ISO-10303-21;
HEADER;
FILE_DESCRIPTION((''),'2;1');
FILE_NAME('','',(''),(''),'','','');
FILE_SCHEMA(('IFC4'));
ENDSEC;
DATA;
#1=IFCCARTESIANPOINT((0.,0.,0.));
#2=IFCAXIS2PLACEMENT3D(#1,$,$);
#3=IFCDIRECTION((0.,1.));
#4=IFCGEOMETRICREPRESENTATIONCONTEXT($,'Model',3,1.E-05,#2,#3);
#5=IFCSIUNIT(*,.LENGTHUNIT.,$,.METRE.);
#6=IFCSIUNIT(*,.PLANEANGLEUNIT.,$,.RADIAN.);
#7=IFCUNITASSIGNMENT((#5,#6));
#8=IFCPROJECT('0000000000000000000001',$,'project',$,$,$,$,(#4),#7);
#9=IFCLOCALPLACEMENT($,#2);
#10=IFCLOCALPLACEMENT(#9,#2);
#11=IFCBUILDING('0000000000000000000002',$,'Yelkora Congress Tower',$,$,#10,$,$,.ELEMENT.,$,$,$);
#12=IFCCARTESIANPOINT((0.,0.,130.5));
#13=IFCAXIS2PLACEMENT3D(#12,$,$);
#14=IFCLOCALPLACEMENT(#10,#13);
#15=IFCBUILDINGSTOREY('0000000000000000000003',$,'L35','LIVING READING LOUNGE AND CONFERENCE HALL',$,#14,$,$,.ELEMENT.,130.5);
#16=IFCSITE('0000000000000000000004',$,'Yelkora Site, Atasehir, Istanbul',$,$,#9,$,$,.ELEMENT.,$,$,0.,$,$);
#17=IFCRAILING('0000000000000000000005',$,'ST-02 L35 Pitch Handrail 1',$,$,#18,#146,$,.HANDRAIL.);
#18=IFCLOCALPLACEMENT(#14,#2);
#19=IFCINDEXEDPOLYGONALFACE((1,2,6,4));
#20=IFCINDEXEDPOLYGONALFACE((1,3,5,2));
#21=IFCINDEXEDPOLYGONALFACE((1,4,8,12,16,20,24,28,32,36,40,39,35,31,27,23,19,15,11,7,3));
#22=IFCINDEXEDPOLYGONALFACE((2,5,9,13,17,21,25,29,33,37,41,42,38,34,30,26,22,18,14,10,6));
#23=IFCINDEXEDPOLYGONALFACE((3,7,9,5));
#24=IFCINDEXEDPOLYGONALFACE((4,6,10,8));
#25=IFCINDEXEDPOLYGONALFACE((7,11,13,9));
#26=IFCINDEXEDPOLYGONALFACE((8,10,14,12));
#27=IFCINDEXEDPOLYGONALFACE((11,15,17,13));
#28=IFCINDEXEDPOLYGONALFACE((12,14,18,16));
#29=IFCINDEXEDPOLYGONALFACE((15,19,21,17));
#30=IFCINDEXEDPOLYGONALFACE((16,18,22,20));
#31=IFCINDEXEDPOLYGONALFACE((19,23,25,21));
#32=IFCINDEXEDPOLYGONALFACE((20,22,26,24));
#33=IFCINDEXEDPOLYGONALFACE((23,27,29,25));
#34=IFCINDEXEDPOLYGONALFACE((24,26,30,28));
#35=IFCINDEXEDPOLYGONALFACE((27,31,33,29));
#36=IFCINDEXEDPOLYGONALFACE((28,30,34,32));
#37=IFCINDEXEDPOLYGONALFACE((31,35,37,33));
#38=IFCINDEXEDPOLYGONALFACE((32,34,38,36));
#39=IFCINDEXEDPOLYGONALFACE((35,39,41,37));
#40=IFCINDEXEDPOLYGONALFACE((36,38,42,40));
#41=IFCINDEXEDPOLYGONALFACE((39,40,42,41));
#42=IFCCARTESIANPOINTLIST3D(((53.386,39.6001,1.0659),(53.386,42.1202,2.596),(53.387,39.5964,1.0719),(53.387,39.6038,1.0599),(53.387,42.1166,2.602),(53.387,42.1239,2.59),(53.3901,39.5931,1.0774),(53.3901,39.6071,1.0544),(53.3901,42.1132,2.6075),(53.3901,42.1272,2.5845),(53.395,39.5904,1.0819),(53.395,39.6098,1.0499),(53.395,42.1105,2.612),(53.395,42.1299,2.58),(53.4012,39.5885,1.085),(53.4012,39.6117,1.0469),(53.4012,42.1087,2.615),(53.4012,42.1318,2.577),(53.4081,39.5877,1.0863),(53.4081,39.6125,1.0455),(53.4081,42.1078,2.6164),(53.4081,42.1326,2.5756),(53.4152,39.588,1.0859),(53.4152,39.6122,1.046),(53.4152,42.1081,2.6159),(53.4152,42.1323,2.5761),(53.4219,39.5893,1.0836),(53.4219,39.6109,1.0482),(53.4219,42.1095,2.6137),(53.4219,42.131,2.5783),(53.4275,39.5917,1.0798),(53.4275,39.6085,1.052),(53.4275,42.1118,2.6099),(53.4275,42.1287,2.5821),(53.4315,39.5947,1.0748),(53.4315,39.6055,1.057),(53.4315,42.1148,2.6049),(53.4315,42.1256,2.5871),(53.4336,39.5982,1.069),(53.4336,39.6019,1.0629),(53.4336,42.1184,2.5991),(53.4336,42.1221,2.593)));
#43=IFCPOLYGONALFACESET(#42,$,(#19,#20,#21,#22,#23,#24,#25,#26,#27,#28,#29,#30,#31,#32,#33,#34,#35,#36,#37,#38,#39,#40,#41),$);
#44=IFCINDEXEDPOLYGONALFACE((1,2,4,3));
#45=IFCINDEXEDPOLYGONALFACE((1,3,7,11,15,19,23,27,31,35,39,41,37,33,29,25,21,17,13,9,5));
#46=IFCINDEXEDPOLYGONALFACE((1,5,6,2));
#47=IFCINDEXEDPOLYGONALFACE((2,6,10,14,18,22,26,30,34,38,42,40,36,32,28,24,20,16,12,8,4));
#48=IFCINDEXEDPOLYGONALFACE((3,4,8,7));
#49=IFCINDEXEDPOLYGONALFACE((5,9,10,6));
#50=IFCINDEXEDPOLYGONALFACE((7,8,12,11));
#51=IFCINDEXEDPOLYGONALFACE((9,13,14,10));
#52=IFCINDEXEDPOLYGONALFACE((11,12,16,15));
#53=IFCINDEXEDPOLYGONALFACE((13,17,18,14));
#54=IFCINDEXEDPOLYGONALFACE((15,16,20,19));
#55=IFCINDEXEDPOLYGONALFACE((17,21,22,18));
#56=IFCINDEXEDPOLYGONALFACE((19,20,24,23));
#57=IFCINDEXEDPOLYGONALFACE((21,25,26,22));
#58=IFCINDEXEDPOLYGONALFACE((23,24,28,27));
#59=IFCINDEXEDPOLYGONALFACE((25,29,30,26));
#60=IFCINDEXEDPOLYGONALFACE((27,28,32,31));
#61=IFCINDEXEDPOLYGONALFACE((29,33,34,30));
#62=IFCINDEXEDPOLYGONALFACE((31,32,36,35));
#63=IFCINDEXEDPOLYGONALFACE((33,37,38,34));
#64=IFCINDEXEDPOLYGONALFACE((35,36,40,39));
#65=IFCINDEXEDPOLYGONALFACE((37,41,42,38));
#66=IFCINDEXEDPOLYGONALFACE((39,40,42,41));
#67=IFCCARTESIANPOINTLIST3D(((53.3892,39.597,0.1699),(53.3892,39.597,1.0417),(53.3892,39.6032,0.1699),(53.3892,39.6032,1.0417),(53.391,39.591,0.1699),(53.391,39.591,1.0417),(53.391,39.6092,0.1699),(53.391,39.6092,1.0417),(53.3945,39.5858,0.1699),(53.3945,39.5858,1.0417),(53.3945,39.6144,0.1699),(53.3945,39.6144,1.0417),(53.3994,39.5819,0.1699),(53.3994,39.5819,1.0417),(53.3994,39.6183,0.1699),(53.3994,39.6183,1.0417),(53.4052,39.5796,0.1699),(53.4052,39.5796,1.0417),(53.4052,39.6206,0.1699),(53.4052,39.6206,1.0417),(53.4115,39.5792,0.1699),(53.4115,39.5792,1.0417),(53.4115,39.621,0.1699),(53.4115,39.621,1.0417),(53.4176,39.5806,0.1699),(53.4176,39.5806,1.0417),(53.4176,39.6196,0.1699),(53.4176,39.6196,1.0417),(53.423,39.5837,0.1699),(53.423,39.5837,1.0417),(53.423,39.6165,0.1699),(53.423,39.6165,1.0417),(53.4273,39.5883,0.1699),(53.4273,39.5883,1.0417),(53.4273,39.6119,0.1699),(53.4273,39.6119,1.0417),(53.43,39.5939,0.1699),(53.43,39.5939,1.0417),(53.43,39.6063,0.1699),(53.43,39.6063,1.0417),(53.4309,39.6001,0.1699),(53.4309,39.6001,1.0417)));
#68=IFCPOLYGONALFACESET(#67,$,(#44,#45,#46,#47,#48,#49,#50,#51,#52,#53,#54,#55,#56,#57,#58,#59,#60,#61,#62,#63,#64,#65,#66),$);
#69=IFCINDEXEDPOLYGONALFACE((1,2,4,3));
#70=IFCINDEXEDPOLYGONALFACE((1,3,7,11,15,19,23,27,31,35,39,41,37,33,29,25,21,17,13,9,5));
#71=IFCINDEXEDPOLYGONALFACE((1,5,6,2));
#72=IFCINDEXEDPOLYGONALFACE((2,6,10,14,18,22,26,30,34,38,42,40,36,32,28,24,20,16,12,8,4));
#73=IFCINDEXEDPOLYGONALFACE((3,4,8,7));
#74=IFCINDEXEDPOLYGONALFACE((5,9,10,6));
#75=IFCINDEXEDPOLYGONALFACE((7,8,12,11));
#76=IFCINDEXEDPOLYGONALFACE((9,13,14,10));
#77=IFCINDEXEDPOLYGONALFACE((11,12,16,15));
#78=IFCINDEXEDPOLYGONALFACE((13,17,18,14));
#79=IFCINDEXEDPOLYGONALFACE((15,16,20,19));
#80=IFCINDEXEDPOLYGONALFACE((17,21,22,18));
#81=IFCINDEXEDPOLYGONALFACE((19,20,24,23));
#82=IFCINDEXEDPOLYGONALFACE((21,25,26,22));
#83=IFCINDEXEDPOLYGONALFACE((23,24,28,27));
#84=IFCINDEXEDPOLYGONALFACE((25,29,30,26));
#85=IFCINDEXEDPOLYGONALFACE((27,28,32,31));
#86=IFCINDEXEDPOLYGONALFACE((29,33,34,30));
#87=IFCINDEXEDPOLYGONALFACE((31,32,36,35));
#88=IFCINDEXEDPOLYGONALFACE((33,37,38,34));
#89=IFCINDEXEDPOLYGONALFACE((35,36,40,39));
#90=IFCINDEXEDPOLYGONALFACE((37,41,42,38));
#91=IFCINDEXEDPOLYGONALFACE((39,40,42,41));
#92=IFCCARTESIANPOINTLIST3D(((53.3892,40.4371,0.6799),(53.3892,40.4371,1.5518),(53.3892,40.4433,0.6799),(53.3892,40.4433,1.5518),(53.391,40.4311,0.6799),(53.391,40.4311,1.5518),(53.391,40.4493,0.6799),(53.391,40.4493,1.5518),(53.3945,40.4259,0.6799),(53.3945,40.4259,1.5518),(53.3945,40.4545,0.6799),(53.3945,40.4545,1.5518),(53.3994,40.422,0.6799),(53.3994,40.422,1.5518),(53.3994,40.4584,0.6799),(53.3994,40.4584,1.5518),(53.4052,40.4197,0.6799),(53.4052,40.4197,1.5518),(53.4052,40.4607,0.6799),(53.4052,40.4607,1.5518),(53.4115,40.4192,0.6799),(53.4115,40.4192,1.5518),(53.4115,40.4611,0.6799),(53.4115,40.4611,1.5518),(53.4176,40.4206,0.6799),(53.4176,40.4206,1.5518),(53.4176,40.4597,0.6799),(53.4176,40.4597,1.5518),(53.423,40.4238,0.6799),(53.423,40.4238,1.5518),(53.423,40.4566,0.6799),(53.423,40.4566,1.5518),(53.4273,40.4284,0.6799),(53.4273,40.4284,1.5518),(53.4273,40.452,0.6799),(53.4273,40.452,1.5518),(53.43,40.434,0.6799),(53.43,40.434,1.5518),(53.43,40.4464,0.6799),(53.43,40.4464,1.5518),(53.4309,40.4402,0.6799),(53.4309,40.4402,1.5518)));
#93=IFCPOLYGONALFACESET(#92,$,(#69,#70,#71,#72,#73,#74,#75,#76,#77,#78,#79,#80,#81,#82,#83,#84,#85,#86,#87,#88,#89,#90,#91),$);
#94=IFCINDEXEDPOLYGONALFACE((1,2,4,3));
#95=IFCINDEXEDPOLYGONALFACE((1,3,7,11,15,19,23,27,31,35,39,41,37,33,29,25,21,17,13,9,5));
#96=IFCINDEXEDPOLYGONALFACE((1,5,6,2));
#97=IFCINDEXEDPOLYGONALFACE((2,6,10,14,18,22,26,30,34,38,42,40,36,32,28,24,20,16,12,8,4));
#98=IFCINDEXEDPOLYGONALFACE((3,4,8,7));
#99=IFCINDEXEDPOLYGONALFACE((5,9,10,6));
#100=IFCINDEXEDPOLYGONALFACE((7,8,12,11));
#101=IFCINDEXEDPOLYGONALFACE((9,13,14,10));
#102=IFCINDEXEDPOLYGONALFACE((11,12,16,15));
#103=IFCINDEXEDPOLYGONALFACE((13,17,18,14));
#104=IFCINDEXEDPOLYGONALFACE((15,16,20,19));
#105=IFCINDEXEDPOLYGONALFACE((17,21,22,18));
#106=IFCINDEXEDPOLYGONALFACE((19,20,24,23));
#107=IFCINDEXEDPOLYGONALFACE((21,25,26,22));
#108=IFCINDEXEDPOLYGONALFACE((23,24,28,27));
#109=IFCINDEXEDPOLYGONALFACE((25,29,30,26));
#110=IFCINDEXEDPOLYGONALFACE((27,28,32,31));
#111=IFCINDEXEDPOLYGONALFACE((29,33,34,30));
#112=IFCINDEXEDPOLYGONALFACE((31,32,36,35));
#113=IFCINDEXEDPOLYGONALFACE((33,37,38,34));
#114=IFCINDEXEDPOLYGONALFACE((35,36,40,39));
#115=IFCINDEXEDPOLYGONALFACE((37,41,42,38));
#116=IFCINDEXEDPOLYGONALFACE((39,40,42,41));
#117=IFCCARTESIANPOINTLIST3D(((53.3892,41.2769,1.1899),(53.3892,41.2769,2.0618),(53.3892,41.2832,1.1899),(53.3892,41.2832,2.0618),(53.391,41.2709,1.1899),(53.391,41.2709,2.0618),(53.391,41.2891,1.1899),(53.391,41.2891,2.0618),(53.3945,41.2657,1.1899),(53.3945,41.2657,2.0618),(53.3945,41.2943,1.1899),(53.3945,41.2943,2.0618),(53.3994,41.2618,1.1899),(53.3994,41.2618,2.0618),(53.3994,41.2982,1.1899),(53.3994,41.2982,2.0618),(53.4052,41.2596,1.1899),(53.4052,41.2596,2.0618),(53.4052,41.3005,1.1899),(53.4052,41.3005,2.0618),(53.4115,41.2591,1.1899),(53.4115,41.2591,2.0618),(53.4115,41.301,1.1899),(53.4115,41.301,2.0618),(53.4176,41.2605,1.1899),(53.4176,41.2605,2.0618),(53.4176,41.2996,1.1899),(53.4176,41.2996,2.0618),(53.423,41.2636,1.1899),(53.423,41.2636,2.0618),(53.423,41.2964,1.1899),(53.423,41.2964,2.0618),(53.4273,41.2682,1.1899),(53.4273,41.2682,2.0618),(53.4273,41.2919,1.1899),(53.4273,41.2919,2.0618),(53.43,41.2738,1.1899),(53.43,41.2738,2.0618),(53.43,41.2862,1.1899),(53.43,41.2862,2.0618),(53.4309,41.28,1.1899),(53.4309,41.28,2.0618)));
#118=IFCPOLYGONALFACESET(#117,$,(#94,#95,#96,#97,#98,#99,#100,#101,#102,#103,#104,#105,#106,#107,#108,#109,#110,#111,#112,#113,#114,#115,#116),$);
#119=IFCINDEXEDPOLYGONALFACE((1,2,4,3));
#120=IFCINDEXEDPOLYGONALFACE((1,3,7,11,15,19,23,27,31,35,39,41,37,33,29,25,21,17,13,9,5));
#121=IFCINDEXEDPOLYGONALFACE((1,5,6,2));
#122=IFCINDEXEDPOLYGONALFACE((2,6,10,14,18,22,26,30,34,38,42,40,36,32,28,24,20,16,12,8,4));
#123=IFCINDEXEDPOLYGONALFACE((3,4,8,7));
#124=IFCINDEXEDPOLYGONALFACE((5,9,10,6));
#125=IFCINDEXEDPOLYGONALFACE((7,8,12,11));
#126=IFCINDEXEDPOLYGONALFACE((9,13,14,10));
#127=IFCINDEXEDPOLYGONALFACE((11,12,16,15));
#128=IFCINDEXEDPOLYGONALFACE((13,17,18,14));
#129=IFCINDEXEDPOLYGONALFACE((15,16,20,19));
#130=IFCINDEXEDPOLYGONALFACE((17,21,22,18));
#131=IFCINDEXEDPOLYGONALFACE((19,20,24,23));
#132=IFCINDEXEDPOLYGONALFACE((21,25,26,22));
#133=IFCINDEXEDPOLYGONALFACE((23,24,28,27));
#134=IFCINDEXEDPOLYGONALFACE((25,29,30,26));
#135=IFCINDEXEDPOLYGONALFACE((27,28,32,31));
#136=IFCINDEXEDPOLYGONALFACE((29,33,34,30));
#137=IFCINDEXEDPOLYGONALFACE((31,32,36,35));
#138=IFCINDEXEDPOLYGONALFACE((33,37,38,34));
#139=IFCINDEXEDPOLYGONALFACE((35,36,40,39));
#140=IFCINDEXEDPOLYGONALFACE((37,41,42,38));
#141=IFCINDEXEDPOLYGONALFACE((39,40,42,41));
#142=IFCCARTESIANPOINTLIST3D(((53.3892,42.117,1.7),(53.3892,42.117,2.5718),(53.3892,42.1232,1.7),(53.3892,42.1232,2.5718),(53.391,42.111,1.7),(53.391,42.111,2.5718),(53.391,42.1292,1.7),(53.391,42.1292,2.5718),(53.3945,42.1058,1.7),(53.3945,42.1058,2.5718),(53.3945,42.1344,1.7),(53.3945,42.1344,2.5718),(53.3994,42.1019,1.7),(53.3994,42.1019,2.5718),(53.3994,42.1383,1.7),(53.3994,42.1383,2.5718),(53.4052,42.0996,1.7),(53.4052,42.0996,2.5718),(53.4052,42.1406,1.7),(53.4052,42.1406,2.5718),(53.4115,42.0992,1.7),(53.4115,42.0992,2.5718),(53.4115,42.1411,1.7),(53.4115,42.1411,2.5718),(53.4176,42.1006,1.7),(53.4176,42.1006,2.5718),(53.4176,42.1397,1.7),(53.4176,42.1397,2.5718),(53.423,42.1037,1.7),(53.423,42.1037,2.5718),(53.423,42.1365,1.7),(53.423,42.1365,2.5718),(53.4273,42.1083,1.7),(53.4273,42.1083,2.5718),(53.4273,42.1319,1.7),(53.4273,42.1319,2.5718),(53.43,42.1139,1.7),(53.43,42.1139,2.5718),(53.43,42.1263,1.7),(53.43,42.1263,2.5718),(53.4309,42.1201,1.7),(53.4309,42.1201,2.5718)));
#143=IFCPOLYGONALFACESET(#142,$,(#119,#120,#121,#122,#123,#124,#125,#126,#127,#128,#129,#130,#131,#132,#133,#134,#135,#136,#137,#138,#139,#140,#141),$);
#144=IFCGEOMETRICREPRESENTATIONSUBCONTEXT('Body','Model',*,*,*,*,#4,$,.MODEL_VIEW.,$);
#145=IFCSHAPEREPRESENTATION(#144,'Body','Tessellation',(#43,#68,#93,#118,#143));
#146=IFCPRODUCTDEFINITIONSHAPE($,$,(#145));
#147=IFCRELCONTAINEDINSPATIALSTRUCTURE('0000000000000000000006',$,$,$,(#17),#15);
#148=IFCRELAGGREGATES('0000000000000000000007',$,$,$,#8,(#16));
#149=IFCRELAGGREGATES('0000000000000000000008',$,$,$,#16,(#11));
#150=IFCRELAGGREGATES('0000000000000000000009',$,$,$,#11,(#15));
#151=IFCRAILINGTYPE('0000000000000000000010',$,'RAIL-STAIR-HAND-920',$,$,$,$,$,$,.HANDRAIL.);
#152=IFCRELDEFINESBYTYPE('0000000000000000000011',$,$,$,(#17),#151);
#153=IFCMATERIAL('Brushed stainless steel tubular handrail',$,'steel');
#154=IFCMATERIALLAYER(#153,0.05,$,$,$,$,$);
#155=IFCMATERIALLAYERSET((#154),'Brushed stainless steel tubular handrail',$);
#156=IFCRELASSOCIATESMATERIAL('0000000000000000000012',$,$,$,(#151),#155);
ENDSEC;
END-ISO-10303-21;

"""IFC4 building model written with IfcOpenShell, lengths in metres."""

from ifc_helpers import new_model, si_unit, direction, frame, origin, origin_2d, place, context, subcontext, project, spatial, circle, extrude, material, layer, layer_set, type_object, element, save


model = new_model("IFC4")

# Units and contexts
model_context = context("Model", 3, precision=1e-05, world=origin(), true_north=direction((0.0, 1.0)))
body_context = subcontext(model_context, "Body", "Model", "MODEL_VIEW")
ifc_project = project(units=[si_unit("LENGTHUNIT", "METRE"), si_unit("PLANEANGLEUNIT", "RADIAN")], contexts=[model_context])

# Site, building, storey
site_placement = place(None, origin())
site = spatial("IfcSite", under=ifc_project, at=site_placement, Name="Yelkora Site, Atasehir, Istanbul", CompositionType="ELEMENT", RefElevation=0.0)
building_placement = place(site_placement, origin())
building = spatial("IfcBuilding", under=site, at=building_placement, Name="Yelkora Congress Tower", CompositionType="ELEMENT")
storey_placement = place(building_placement, frame((0.0, 0.0, 130.5)))
storey = spatial("IfcBuildingStorey", under=building, at=storey_placement, Name="L35", Description="LIVING READING LOUNGE AND CONFERENCE HALL", CompositionType="ELEMENT", Elevation=130.5)

# Railing
ifc_material_1 = material(Name="Brushed stainless steel tubular handrail", Category="steel")
ifc_layer_1 = layer(ifc_material_1, 0.05)
ifc_layer_set_1 = layer_set([ifc_layer_1], Name="Brushed stainless steel tubular handrail")
railing_type_1 = type_object("IfcRailingType", Name="RAIL-STAIR-HAND-920", PredefinedType="HANDRAIL", material=ifc_layer_set_1)
railing_1_placement = place(storey_placement, frame((53.4099, 39.6001, 0.1699)))
element("IfcRailing", 1, at=railing_1_placement, inside=storey, type_object=railing_type_1, Name="ST-02 L35 Pitch Handrail 1", PredefinedType="HANDRAIL", context=body_context, shape_type="SweptSolid", body=[
    extrude(circle(Radius=0.0239, at=origin_2d()), frame((0.0, 0.0, 0.896), z_axis=(0.0, 0.854785, 0.518982), x_axis=(-1.0, 0.0, 0.0)), (0.0, 0.0, 1.0), 2.9482),
    extrude(circle(Radius=0.021, at=origin_2d()), origin(), (0.0, 0.0, 1.0), 0.8718),
    extrude(circle(Radius=0.021, at=origin_2d()), frame((0.0, 0.8401, 0.51)), (0.0, 0.0, 1.0), 0.8718),
    extrude(circle(Radius=0.021, at=origin_2d()), frame((0.0, 1.6799, 1.02)), (0.0, 0.0, 1.0), 0.8718),
    extrude(circle(Radius=0.021, at=origin_2d()), frame((0.0, 2.52, 1.53)), (0.0, 0.0, 1.0), 0.8718),
])

save(model, "model.ifc")
